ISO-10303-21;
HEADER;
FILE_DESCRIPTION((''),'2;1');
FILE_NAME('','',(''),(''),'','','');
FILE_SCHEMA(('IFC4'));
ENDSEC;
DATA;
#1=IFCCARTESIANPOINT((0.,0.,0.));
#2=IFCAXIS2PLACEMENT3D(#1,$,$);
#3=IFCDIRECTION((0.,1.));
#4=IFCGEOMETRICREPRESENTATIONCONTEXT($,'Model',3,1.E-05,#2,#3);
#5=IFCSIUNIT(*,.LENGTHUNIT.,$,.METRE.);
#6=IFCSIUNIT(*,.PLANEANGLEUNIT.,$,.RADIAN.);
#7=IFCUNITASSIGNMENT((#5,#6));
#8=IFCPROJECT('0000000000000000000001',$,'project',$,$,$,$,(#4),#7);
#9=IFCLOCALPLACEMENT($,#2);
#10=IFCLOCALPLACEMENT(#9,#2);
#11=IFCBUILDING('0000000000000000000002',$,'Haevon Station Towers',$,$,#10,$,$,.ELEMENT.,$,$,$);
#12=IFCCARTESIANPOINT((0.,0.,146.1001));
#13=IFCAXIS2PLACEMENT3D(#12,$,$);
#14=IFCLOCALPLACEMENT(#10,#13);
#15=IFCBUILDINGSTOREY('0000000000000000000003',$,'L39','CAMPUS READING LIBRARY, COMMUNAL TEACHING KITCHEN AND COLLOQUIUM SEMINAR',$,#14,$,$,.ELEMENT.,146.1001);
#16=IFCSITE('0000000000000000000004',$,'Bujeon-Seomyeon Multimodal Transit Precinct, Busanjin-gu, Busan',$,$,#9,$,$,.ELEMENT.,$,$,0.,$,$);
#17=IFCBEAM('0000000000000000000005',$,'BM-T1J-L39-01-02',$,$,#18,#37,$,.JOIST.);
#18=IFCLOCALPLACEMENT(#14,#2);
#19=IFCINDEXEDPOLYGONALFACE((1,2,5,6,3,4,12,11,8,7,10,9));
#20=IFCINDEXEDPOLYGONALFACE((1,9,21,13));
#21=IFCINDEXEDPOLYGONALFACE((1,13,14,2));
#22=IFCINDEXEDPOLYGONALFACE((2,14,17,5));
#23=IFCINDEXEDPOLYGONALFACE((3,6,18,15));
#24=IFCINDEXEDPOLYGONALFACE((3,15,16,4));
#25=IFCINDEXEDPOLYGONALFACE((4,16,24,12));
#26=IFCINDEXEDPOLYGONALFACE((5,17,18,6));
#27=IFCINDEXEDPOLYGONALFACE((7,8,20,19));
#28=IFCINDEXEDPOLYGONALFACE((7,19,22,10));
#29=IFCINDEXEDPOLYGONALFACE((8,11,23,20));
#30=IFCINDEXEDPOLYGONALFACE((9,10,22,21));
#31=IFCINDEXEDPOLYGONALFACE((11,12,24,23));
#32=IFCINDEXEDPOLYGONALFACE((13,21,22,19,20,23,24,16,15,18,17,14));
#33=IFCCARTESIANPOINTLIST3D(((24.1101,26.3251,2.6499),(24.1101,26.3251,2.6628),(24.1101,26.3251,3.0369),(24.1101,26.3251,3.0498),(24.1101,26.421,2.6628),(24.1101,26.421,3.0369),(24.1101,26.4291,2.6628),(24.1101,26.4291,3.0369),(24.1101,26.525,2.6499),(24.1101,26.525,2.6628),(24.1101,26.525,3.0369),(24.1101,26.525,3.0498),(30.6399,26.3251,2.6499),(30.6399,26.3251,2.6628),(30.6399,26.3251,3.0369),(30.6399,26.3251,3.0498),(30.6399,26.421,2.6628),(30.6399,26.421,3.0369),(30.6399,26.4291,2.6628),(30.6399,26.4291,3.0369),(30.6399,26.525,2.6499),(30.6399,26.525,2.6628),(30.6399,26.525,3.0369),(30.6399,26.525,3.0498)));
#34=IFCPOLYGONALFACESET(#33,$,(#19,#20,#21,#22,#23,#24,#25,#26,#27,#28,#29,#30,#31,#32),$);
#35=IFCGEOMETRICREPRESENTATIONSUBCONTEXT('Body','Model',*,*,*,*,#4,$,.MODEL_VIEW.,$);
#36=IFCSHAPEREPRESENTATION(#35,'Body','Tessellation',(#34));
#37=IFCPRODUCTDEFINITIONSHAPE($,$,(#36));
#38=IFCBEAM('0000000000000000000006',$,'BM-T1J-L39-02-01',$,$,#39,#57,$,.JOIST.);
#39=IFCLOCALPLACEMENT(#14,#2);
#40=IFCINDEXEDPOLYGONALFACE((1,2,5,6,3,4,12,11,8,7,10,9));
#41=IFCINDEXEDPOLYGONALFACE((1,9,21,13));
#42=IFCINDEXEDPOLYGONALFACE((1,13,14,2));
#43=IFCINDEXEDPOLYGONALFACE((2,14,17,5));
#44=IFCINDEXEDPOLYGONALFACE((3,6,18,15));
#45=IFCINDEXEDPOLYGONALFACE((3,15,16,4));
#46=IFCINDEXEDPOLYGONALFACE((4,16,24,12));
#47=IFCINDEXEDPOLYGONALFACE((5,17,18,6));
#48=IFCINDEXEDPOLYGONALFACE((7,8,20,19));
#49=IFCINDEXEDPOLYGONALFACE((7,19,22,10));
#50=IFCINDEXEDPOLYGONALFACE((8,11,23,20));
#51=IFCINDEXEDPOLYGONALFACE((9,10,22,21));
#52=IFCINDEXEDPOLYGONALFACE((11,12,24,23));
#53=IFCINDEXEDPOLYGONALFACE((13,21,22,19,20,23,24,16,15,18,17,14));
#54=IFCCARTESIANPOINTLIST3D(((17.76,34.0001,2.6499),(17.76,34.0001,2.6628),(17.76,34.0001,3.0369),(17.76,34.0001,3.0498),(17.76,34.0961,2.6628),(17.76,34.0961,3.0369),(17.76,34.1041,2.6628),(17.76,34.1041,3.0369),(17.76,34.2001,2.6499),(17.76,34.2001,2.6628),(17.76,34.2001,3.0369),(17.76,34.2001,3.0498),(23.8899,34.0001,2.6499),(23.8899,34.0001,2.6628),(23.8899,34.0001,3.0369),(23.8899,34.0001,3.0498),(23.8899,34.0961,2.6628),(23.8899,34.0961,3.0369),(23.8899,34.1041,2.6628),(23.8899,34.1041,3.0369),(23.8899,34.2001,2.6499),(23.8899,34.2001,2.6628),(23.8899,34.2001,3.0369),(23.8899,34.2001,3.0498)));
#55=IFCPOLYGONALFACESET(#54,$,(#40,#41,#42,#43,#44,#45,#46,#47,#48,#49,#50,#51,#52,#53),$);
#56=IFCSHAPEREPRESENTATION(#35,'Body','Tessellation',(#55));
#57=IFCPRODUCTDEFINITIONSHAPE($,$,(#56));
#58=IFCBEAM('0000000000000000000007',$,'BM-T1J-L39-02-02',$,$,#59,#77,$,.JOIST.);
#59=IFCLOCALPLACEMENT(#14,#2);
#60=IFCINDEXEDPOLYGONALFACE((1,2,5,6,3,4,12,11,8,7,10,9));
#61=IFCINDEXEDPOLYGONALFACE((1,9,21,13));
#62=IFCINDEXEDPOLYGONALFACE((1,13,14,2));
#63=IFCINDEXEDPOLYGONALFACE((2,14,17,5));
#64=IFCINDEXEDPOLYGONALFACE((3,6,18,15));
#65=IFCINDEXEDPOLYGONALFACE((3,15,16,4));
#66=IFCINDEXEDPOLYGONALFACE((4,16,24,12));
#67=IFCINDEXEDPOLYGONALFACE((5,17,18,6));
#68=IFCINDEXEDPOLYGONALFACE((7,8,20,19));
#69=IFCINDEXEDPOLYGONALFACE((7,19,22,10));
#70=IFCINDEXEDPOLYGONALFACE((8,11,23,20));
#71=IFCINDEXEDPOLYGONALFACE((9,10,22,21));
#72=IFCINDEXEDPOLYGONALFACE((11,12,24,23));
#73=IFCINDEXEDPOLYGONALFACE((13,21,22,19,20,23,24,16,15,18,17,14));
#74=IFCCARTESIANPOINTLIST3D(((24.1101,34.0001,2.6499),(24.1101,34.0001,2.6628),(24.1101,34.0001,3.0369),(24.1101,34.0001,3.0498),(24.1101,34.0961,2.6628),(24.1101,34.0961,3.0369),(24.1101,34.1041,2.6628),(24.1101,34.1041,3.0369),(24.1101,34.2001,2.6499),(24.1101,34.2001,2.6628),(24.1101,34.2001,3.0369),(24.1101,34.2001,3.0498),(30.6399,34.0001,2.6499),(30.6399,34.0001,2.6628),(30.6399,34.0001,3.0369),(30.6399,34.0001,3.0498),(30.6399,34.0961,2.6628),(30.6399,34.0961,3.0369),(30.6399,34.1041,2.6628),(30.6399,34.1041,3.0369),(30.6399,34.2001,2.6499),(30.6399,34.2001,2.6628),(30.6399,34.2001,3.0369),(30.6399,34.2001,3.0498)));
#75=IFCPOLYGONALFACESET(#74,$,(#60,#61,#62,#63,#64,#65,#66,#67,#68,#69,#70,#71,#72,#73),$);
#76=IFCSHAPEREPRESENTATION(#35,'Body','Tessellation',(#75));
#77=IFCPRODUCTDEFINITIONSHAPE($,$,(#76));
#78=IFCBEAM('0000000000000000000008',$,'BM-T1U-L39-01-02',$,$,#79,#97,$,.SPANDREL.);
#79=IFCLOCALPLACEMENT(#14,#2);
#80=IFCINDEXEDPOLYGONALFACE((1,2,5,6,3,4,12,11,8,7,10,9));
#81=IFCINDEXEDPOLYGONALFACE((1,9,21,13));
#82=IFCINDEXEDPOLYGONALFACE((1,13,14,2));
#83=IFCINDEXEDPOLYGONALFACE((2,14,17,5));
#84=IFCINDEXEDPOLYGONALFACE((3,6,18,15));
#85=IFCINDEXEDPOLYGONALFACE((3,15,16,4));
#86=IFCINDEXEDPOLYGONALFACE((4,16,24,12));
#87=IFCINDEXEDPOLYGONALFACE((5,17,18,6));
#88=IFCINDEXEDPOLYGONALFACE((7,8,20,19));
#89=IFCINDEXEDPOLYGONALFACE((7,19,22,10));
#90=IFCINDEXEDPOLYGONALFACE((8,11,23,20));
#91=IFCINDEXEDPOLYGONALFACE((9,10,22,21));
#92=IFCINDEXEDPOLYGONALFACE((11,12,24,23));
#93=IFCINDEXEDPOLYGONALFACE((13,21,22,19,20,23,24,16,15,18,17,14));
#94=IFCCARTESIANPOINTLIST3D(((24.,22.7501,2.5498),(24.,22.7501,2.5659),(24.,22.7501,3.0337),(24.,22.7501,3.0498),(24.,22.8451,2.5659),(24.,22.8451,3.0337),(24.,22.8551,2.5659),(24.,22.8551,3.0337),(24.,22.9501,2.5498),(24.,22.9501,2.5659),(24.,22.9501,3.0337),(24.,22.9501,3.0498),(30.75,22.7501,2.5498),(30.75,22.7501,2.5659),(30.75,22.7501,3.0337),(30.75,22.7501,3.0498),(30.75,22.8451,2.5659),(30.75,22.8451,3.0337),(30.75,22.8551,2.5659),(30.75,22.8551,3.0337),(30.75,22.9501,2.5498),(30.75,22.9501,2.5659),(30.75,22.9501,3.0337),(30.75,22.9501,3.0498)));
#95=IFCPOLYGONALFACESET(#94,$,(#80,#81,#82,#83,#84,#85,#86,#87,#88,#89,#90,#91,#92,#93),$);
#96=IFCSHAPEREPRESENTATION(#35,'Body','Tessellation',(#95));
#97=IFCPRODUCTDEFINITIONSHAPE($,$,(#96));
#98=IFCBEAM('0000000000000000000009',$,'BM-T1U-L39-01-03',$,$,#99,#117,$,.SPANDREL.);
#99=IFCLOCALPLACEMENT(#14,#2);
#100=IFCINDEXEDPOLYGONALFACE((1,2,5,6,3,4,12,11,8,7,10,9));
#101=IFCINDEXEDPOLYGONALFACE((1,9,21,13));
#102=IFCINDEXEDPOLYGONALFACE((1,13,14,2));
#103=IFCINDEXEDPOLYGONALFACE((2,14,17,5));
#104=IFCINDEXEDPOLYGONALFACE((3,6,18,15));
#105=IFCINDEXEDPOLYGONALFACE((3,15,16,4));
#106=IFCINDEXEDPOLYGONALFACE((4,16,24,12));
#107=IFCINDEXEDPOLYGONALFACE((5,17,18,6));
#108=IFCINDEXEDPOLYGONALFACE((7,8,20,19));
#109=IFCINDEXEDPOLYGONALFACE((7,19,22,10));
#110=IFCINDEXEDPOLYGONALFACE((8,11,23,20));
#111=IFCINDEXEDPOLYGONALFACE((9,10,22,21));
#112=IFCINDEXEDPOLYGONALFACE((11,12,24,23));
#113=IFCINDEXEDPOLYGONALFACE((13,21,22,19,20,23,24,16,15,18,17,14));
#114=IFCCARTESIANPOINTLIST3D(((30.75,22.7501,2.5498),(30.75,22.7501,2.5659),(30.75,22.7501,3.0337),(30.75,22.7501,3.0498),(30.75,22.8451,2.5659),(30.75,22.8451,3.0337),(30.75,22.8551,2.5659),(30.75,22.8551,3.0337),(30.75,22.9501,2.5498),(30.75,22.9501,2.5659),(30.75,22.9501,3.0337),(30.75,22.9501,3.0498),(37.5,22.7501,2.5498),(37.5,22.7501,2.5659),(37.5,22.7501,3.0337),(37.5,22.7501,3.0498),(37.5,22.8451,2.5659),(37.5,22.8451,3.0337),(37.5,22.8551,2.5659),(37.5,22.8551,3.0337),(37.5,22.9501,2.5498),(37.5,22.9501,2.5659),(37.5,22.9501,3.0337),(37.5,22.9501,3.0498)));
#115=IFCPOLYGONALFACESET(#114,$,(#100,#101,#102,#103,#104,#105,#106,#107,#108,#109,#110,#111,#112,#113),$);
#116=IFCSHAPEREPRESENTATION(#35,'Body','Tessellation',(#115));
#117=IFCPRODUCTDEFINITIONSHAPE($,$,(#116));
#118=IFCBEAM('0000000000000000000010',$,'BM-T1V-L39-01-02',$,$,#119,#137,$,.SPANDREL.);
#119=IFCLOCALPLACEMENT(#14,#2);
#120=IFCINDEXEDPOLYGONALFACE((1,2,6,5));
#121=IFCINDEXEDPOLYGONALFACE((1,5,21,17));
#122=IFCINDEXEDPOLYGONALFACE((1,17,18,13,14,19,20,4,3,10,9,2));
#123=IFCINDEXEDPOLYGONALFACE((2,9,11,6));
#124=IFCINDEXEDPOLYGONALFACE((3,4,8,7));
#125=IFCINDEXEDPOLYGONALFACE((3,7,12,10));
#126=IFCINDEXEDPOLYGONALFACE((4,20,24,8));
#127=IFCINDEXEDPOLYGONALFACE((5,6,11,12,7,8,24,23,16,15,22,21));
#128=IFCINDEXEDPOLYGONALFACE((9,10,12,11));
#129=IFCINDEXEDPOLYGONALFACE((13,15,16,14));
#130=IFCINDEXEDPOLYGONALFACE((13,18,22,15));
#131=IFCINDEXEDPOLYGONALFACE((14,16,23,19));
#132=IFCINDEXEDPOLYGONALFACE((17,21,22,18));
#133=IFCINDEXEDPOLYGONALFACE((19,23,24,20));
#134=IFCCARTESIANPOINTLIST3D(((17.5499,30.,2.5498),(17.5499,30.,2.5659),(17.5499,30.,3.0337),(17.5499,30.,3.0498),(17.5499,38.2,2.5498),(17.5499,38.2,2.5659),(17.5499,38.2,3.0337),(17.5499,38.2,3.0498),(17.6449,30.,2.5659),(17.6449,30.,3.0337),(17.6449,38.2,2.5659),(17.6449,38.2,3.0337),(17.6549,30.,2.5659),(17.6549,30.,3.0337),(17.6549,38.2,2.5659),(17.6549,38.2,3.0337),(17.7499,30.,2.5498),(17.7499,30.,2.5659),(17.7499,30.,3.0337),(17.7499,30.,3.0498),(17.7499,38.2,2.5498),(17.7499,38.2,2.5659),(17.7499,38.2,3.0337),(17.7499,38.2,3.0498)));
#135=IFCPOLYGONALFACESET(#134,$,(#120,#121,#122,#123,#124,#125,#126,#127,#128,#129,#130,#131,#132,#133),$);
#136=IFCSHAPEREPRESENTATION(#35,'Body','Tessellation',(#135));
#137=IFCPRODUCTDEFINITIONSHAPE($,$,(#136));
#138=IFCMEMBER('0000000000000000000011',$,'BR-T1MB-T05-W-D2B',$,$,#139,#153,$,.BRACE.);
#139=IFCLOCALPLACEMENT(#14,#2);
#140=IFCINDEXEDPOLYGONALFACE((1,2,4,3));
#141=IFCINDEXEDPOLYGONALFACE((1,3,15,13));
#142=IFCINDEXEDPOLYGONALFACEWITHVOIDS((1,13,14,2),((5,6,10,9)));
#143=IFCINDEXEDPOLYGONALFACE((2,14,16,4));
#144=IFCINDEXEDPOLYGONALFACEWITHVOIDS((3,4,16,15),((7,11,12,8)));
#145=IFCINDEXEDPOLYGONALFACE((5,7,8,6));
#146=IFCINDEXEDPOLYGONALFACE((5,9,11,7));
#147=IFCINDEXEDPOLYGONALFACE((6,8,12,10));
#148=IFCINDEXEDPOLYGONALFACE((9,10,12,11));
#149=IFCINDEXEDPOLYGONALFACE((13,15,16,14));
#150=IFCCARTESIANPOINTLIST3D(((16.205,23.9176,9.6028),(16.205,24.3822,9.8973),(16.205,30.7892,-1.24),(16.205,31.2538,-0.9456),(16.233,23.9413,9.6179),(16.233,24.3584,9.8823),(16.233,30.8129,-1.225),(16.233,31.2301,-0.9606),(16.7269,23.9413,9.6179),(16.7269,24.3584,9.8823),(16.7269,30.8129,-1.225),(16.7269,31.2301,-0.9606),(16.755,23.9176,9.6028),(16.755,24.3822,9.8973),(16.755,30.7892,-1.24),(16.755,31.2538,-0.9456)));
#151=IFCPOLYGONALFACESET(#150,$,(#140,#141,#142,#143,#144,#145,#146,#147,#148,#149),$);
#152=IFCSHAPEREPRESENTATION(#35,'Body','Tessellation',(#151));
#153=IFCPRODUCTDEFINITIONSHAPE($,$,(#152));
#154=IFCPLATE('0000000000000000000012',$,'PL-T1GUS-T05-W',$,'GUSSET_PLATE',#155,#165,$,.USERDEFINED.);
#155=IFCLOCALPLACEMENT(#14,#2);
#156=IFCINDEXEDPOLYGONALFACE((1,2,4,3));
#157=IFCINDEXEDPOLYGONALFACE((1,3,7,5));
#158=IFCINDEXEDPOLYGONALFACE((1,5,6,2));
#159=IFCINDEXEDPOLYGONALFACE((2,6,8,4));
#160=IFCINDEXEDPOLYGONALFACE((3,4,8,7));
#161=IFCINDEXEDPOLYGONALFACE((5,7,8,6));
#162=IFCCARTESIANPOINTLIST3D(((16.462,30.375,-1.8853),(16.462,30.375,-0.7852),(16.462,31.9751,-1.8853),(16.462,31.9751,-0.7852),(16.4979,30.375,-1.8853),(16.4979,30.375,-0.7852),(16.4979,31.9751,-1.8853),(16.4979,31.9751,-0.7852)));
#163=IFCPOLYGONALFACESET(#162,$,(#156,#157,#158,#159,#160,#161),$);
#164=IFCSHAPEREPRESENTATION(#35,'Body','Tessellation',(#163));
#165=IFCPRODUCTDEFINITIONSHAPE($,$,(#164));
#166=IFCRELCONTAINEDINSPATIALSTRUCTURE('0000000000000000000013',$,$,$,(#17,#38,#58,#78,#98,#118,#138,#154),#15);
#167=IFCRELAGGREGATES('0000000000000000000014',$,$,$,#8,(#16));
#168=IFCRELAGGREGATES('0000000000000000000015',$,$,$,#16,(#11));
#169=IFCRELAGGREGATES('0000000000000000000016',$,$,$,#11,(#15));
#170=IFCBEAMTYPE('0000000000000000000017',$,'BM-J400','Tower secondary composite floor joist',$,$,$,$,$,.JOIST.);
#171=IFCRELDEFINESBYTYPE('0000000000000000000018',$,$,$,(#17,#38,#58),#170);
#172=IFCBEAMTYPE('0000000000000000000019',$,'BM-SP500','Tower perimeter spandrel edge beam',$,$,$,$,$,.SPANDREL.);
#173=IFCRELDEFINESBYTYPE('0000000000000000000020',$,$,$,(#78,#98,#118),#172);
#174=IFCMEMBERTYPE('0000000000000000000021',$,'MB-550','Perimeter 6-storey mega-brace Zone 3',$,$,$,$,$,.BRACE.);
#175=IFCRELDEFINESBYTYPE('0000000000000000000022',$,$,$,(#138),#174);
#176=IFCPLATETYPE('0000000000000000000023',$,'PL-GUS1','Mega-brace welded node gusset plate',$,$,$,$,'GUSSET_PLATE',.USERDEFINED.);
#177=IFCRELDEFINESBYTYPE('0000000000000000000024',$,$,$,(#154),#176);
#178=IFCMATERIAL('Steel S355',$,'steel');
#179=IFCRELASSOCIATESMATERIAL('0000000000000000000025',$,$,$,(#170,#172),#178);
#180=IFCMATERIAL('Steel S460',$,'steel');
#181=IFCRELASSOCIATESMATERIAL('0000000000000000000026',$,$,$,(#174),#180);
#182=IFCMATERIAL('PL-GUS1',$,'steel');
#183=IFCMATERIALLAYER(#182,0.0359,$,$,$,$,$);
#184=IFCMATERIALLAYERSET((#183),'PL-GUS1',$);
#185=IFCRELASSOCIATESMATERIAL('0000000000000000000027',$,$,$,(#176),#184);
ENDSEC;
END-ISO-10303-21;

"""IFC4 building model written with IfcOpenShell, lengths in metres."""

from ifc_helpers import new_model, si_unit, direction, frame, origin, origin_2d, place, context, subcontext, project, spatial, rectangle, hollow_rectangle, i_section, extrude, material, layer, layer_set, material_profile, profile_set, type_object, element, save


model = new_model("IFC4")

# Units and contexts
model_context = context("Model", 3, precision=1e-05, world=origin(), true_north=direction((0.0, 1.0)))
body_context = subcontext(model_context, "Body", "Model", "MODEL_VIEW")
ifc_project = project(units=[si_unit("LENGTHUNIT", "METRE"), si_unit("PLANEANGLEUNIT", "RADIAN")], contexts=[model_context])

# Site, building, storey
site_placement = place(None, origin())
site = spatial("IfcSite", under=ifc_project, at=site_placement, Name="Bujeon-Seomyeon Multimodal Transit Precinct, Busanjin-gu, Busan", CompositionType="ELEMENT", RefElevation=0.0)
building_placement = place(site_placement, origin())
building = spatial("IfcBuilding", under=site, at=building_placement, Name="Haevon Station Towers", CompositionType="ELEMENT")
storey_placement = place(building_placement, frame((0.0, 0.0, 146.1001)))
storey = spatial("IfcBuildingStorey", under=building, at=storey_placement, Name="L39", Description="CAMPUS READING LIBRARY, COMMUNAL TEACHING KITCHEN AND COLLOQUIUM SEMINAR", CompositionType="ELEMENT", Elevation=146.1001)

# Shared definitions
ifc_material_1 = material(Name="Steel S355", Category="steel")

# Beams
ifc_material_profile_1 = material_profile(ifc_material_1, i_section(OverallWidth=0.2, OverallDepth=0.3999, WebThickness=0.0081, FlangeThickness=0.0129, at=origin_2d()), Name="H-400x200x8x13")
ifc_profile_set_1 = profile_set([ifc_material_profile_1], Name="Steel S355")
beam_type_1 = type_object("IfcBeamType", Name="BM-J400", Description="Tower secondary composite floor joist", PredefinedType="JOIST", material=ifc_profile_set_1)
beam_1_placement = place(storey_placement, frame((24.1101, 26.425, 2.8499), z_axis=(1.0, 0.0, 0.0), x_axis=(0.0, 1.0, 0.0)))
element("IfcBeam", 1, at=beam_1_placement, inside=storey, type_object=beam_type_1, Name="BM-T1J-L39-01-02", PredefinedType="JOIST", context=body_context, shape_type="SweptSolid", body=[
    extrude(i_section(OverallWidth=0.2, OverallDepth=0.3999, WebThickness=0.0081, FlangeThickness=0.0129, at=origin_2d()), origin(), (0.0, 0.0, 1.0), 6.5298),
])
beam_2_placement = place(storey_placement, frame((17.76, 34.1001, 2.8499), z_axis=(1.0, 0.0, 0.0), x_axis=(0.0, 1.0, 0.0)))
element("IfcBeam", 2, at=beam_2_placement, inside=storey, type_object=beam_type_1, Name="BM-T1J-L39-02-01", PredefinedType="JOIST", context=body_context, shape_type="SweptSolid", body=[
    extrude(i_section(OverallWidth=0.2, OverallDepth=0.3999, WebThickness=0.0081, FlangeThickness=0.0129, at=origin_2d()), origin(), (0.0, 0.0, 1.0), 6.1299),
])
beam_3_placement = place(storey_placement, frame((24.1101, 34.1001, 2.8499), z_axis=(1.0, 0.0, 0.0), x_axis=(0.0, 1.0, 0.0)))
element("IfcBeam", 3, at=beam_3_placement, inside=storey, type_object=beam_type_1, Name="BM-T1J-L39-02-02", PredefinedType="JOIST", context=body_context, shape_type="SweptSolid", body=[
    extrude(i_section(OverallWidth=0.2, OverallDepth=0.3999, WebThickness=0.0081, FlangeThickness=0.0129, at=origin_2d()), origin(), (0.0, 0.0, 1.0), 6.5298),
])
ifc_material_profile_2 = material_profile(ifc_material_1, i_section(OverallWidth=0.2, OverallDepth=0.5, WebThickness=0.01, FlangeThickness=0.0161, at=origin_2d()), Name="H-500x200x10x16")
ifc_profile_set_2 = profile_set([ifc_material_profile_2], Name="Steel S355")
beam_type_2 = type_object("IfcBeamType", Name="BM-SP500", Description="Tower perimeter spandrel edge beam", PredefinedType="SPANDREL", material=ifc_profile_set_2)
for number, where, z_axis, x_axis, name in (
    (4, (24.0, 22.8501, 2.7998), (1.0, 0.0, 0.0), (0.0, 1.0, 0.0), "BM-T1U-L39-01-02"),
    (5, (30.75, 22.8501, 2.7998), (1.0, 0.0, 0.0), (0.0, 1.0, 0.0), "BM-T1U-L39-01-03"),
):
    element("IfcBeam", number, at=place(storey_placement, frame(where, z_axis=z_axis, x_axis=x_axis)), inside=storey, type_object=beam_type_2, Name=name, PredefinedType="SPANDREL", context=body_context, shape_type="SweptSolid", body=[
        extrude(i_section(OverallWidth=0.2, OverallDepth=0.5, WebThickness=0.01, FlangeThickness=0.0161, at=origin_2d()), origin(), (0.0, 0.0, 1.0), 6.75),
    ])
beam_4_placement = place(storey_placement, frame((17.6499, 30.0, 2.7998), z_axis=(0.0, 1.0, 0.0), x_axis=(-1.0, 0.0, 0.0)))
element("IfcBeam", 6, at=beam_4_placement, inside=storey, type_object=beam_type_2, Name="BM-T1V-L39-01-02", PredefinedType="SPANDREL", context=body_context, shape_type="SweptSolid", body=[
    extrude(i_section(OverallWidth=0.2, OverallDepth=0.5, WebThickness=0.01, FlangeThickness=0.0161, at=origin_2d()), origin(), (0.0, 0.0, 1.0), 8.2),
])

# Member
ifc_material_2 = material(Name="Steel S460", Category="steel")
ifc_material_profile_3 = material_profile(ifc_material_2, hollow_rectangle(XDim=0.55, YDim=0.55, WallThickness=0.0281, at=origin_2d()), Name="RHS-550x550x28")
ifc_profile_set_3 = profile_set([ifc_material_profile_3], Name="Steel S460")
member_type = type_object("IfcMemberType", Name="MB-550", Description="Perimeter 6-storey mega-brace Zone 3", PredefinedType="BRACE", material=ifc_profile_set_3)
member_placement = place(storey_placement, frame((16.48, 31.0215, -1.0928), z_axis=(0.0, -0.535302, 0.844661), x_axis=(1.0, 0.0, 0.0)))
element("IfcMember", 7, at=member_placement, inside=storey, type_object=member_type, Name="BR-T1MB-T05-W-D2B", PredefinedType="BRACE", context=body_context, shape_type="SweptSolid", body=[
    extrude(hollow_rectangle(XDim=0.55, YDim=0.55, WallThickness=0.0281, at=origin_2d()), origin(), (0.0, 0.0, 1.0), 12.8369),
])

# Plate
ifc_material_3 = material(Name="PL-GUS1", Category="steel")
ifc_layer_1 = layer(ifc_material_3, 0.0359)
ifc_layer_set_1 = layer_set([ifc_layer_1], Name="PL-GUS1")
plate_type = type_object("IfcPlateType", Name="PL-GUS1", Description="Mega-brace welded node gusset plate", ElementType="GUSSET_PLATE", PredefinedType="USERDEFINED", material=ifc_layer_set_1)
plate_placement = place(storey_placement, frame((16.48, 31.175, -1.8853), z_axis=(0.0, 0.0, 1.0), x_axis=(0.0, 1.0, 0.0)))
element("IfcPlate", 8, at=plate_placement, inside=storey, type_object=plate_type, Name="PL-T1GUS-T05-W", ObjectType="GUSSET_PLATE", PredefinedType="USERDEFINED", context=body_context, shape_type="SweptSolid", body=[
    extrude(rectangle(XDim=1.6001, YDim=0.0359, at=origin_2d()), origin(), (0.0, 0.0, 1.0), 1.1001),
])

save(model, "model.ifc")
